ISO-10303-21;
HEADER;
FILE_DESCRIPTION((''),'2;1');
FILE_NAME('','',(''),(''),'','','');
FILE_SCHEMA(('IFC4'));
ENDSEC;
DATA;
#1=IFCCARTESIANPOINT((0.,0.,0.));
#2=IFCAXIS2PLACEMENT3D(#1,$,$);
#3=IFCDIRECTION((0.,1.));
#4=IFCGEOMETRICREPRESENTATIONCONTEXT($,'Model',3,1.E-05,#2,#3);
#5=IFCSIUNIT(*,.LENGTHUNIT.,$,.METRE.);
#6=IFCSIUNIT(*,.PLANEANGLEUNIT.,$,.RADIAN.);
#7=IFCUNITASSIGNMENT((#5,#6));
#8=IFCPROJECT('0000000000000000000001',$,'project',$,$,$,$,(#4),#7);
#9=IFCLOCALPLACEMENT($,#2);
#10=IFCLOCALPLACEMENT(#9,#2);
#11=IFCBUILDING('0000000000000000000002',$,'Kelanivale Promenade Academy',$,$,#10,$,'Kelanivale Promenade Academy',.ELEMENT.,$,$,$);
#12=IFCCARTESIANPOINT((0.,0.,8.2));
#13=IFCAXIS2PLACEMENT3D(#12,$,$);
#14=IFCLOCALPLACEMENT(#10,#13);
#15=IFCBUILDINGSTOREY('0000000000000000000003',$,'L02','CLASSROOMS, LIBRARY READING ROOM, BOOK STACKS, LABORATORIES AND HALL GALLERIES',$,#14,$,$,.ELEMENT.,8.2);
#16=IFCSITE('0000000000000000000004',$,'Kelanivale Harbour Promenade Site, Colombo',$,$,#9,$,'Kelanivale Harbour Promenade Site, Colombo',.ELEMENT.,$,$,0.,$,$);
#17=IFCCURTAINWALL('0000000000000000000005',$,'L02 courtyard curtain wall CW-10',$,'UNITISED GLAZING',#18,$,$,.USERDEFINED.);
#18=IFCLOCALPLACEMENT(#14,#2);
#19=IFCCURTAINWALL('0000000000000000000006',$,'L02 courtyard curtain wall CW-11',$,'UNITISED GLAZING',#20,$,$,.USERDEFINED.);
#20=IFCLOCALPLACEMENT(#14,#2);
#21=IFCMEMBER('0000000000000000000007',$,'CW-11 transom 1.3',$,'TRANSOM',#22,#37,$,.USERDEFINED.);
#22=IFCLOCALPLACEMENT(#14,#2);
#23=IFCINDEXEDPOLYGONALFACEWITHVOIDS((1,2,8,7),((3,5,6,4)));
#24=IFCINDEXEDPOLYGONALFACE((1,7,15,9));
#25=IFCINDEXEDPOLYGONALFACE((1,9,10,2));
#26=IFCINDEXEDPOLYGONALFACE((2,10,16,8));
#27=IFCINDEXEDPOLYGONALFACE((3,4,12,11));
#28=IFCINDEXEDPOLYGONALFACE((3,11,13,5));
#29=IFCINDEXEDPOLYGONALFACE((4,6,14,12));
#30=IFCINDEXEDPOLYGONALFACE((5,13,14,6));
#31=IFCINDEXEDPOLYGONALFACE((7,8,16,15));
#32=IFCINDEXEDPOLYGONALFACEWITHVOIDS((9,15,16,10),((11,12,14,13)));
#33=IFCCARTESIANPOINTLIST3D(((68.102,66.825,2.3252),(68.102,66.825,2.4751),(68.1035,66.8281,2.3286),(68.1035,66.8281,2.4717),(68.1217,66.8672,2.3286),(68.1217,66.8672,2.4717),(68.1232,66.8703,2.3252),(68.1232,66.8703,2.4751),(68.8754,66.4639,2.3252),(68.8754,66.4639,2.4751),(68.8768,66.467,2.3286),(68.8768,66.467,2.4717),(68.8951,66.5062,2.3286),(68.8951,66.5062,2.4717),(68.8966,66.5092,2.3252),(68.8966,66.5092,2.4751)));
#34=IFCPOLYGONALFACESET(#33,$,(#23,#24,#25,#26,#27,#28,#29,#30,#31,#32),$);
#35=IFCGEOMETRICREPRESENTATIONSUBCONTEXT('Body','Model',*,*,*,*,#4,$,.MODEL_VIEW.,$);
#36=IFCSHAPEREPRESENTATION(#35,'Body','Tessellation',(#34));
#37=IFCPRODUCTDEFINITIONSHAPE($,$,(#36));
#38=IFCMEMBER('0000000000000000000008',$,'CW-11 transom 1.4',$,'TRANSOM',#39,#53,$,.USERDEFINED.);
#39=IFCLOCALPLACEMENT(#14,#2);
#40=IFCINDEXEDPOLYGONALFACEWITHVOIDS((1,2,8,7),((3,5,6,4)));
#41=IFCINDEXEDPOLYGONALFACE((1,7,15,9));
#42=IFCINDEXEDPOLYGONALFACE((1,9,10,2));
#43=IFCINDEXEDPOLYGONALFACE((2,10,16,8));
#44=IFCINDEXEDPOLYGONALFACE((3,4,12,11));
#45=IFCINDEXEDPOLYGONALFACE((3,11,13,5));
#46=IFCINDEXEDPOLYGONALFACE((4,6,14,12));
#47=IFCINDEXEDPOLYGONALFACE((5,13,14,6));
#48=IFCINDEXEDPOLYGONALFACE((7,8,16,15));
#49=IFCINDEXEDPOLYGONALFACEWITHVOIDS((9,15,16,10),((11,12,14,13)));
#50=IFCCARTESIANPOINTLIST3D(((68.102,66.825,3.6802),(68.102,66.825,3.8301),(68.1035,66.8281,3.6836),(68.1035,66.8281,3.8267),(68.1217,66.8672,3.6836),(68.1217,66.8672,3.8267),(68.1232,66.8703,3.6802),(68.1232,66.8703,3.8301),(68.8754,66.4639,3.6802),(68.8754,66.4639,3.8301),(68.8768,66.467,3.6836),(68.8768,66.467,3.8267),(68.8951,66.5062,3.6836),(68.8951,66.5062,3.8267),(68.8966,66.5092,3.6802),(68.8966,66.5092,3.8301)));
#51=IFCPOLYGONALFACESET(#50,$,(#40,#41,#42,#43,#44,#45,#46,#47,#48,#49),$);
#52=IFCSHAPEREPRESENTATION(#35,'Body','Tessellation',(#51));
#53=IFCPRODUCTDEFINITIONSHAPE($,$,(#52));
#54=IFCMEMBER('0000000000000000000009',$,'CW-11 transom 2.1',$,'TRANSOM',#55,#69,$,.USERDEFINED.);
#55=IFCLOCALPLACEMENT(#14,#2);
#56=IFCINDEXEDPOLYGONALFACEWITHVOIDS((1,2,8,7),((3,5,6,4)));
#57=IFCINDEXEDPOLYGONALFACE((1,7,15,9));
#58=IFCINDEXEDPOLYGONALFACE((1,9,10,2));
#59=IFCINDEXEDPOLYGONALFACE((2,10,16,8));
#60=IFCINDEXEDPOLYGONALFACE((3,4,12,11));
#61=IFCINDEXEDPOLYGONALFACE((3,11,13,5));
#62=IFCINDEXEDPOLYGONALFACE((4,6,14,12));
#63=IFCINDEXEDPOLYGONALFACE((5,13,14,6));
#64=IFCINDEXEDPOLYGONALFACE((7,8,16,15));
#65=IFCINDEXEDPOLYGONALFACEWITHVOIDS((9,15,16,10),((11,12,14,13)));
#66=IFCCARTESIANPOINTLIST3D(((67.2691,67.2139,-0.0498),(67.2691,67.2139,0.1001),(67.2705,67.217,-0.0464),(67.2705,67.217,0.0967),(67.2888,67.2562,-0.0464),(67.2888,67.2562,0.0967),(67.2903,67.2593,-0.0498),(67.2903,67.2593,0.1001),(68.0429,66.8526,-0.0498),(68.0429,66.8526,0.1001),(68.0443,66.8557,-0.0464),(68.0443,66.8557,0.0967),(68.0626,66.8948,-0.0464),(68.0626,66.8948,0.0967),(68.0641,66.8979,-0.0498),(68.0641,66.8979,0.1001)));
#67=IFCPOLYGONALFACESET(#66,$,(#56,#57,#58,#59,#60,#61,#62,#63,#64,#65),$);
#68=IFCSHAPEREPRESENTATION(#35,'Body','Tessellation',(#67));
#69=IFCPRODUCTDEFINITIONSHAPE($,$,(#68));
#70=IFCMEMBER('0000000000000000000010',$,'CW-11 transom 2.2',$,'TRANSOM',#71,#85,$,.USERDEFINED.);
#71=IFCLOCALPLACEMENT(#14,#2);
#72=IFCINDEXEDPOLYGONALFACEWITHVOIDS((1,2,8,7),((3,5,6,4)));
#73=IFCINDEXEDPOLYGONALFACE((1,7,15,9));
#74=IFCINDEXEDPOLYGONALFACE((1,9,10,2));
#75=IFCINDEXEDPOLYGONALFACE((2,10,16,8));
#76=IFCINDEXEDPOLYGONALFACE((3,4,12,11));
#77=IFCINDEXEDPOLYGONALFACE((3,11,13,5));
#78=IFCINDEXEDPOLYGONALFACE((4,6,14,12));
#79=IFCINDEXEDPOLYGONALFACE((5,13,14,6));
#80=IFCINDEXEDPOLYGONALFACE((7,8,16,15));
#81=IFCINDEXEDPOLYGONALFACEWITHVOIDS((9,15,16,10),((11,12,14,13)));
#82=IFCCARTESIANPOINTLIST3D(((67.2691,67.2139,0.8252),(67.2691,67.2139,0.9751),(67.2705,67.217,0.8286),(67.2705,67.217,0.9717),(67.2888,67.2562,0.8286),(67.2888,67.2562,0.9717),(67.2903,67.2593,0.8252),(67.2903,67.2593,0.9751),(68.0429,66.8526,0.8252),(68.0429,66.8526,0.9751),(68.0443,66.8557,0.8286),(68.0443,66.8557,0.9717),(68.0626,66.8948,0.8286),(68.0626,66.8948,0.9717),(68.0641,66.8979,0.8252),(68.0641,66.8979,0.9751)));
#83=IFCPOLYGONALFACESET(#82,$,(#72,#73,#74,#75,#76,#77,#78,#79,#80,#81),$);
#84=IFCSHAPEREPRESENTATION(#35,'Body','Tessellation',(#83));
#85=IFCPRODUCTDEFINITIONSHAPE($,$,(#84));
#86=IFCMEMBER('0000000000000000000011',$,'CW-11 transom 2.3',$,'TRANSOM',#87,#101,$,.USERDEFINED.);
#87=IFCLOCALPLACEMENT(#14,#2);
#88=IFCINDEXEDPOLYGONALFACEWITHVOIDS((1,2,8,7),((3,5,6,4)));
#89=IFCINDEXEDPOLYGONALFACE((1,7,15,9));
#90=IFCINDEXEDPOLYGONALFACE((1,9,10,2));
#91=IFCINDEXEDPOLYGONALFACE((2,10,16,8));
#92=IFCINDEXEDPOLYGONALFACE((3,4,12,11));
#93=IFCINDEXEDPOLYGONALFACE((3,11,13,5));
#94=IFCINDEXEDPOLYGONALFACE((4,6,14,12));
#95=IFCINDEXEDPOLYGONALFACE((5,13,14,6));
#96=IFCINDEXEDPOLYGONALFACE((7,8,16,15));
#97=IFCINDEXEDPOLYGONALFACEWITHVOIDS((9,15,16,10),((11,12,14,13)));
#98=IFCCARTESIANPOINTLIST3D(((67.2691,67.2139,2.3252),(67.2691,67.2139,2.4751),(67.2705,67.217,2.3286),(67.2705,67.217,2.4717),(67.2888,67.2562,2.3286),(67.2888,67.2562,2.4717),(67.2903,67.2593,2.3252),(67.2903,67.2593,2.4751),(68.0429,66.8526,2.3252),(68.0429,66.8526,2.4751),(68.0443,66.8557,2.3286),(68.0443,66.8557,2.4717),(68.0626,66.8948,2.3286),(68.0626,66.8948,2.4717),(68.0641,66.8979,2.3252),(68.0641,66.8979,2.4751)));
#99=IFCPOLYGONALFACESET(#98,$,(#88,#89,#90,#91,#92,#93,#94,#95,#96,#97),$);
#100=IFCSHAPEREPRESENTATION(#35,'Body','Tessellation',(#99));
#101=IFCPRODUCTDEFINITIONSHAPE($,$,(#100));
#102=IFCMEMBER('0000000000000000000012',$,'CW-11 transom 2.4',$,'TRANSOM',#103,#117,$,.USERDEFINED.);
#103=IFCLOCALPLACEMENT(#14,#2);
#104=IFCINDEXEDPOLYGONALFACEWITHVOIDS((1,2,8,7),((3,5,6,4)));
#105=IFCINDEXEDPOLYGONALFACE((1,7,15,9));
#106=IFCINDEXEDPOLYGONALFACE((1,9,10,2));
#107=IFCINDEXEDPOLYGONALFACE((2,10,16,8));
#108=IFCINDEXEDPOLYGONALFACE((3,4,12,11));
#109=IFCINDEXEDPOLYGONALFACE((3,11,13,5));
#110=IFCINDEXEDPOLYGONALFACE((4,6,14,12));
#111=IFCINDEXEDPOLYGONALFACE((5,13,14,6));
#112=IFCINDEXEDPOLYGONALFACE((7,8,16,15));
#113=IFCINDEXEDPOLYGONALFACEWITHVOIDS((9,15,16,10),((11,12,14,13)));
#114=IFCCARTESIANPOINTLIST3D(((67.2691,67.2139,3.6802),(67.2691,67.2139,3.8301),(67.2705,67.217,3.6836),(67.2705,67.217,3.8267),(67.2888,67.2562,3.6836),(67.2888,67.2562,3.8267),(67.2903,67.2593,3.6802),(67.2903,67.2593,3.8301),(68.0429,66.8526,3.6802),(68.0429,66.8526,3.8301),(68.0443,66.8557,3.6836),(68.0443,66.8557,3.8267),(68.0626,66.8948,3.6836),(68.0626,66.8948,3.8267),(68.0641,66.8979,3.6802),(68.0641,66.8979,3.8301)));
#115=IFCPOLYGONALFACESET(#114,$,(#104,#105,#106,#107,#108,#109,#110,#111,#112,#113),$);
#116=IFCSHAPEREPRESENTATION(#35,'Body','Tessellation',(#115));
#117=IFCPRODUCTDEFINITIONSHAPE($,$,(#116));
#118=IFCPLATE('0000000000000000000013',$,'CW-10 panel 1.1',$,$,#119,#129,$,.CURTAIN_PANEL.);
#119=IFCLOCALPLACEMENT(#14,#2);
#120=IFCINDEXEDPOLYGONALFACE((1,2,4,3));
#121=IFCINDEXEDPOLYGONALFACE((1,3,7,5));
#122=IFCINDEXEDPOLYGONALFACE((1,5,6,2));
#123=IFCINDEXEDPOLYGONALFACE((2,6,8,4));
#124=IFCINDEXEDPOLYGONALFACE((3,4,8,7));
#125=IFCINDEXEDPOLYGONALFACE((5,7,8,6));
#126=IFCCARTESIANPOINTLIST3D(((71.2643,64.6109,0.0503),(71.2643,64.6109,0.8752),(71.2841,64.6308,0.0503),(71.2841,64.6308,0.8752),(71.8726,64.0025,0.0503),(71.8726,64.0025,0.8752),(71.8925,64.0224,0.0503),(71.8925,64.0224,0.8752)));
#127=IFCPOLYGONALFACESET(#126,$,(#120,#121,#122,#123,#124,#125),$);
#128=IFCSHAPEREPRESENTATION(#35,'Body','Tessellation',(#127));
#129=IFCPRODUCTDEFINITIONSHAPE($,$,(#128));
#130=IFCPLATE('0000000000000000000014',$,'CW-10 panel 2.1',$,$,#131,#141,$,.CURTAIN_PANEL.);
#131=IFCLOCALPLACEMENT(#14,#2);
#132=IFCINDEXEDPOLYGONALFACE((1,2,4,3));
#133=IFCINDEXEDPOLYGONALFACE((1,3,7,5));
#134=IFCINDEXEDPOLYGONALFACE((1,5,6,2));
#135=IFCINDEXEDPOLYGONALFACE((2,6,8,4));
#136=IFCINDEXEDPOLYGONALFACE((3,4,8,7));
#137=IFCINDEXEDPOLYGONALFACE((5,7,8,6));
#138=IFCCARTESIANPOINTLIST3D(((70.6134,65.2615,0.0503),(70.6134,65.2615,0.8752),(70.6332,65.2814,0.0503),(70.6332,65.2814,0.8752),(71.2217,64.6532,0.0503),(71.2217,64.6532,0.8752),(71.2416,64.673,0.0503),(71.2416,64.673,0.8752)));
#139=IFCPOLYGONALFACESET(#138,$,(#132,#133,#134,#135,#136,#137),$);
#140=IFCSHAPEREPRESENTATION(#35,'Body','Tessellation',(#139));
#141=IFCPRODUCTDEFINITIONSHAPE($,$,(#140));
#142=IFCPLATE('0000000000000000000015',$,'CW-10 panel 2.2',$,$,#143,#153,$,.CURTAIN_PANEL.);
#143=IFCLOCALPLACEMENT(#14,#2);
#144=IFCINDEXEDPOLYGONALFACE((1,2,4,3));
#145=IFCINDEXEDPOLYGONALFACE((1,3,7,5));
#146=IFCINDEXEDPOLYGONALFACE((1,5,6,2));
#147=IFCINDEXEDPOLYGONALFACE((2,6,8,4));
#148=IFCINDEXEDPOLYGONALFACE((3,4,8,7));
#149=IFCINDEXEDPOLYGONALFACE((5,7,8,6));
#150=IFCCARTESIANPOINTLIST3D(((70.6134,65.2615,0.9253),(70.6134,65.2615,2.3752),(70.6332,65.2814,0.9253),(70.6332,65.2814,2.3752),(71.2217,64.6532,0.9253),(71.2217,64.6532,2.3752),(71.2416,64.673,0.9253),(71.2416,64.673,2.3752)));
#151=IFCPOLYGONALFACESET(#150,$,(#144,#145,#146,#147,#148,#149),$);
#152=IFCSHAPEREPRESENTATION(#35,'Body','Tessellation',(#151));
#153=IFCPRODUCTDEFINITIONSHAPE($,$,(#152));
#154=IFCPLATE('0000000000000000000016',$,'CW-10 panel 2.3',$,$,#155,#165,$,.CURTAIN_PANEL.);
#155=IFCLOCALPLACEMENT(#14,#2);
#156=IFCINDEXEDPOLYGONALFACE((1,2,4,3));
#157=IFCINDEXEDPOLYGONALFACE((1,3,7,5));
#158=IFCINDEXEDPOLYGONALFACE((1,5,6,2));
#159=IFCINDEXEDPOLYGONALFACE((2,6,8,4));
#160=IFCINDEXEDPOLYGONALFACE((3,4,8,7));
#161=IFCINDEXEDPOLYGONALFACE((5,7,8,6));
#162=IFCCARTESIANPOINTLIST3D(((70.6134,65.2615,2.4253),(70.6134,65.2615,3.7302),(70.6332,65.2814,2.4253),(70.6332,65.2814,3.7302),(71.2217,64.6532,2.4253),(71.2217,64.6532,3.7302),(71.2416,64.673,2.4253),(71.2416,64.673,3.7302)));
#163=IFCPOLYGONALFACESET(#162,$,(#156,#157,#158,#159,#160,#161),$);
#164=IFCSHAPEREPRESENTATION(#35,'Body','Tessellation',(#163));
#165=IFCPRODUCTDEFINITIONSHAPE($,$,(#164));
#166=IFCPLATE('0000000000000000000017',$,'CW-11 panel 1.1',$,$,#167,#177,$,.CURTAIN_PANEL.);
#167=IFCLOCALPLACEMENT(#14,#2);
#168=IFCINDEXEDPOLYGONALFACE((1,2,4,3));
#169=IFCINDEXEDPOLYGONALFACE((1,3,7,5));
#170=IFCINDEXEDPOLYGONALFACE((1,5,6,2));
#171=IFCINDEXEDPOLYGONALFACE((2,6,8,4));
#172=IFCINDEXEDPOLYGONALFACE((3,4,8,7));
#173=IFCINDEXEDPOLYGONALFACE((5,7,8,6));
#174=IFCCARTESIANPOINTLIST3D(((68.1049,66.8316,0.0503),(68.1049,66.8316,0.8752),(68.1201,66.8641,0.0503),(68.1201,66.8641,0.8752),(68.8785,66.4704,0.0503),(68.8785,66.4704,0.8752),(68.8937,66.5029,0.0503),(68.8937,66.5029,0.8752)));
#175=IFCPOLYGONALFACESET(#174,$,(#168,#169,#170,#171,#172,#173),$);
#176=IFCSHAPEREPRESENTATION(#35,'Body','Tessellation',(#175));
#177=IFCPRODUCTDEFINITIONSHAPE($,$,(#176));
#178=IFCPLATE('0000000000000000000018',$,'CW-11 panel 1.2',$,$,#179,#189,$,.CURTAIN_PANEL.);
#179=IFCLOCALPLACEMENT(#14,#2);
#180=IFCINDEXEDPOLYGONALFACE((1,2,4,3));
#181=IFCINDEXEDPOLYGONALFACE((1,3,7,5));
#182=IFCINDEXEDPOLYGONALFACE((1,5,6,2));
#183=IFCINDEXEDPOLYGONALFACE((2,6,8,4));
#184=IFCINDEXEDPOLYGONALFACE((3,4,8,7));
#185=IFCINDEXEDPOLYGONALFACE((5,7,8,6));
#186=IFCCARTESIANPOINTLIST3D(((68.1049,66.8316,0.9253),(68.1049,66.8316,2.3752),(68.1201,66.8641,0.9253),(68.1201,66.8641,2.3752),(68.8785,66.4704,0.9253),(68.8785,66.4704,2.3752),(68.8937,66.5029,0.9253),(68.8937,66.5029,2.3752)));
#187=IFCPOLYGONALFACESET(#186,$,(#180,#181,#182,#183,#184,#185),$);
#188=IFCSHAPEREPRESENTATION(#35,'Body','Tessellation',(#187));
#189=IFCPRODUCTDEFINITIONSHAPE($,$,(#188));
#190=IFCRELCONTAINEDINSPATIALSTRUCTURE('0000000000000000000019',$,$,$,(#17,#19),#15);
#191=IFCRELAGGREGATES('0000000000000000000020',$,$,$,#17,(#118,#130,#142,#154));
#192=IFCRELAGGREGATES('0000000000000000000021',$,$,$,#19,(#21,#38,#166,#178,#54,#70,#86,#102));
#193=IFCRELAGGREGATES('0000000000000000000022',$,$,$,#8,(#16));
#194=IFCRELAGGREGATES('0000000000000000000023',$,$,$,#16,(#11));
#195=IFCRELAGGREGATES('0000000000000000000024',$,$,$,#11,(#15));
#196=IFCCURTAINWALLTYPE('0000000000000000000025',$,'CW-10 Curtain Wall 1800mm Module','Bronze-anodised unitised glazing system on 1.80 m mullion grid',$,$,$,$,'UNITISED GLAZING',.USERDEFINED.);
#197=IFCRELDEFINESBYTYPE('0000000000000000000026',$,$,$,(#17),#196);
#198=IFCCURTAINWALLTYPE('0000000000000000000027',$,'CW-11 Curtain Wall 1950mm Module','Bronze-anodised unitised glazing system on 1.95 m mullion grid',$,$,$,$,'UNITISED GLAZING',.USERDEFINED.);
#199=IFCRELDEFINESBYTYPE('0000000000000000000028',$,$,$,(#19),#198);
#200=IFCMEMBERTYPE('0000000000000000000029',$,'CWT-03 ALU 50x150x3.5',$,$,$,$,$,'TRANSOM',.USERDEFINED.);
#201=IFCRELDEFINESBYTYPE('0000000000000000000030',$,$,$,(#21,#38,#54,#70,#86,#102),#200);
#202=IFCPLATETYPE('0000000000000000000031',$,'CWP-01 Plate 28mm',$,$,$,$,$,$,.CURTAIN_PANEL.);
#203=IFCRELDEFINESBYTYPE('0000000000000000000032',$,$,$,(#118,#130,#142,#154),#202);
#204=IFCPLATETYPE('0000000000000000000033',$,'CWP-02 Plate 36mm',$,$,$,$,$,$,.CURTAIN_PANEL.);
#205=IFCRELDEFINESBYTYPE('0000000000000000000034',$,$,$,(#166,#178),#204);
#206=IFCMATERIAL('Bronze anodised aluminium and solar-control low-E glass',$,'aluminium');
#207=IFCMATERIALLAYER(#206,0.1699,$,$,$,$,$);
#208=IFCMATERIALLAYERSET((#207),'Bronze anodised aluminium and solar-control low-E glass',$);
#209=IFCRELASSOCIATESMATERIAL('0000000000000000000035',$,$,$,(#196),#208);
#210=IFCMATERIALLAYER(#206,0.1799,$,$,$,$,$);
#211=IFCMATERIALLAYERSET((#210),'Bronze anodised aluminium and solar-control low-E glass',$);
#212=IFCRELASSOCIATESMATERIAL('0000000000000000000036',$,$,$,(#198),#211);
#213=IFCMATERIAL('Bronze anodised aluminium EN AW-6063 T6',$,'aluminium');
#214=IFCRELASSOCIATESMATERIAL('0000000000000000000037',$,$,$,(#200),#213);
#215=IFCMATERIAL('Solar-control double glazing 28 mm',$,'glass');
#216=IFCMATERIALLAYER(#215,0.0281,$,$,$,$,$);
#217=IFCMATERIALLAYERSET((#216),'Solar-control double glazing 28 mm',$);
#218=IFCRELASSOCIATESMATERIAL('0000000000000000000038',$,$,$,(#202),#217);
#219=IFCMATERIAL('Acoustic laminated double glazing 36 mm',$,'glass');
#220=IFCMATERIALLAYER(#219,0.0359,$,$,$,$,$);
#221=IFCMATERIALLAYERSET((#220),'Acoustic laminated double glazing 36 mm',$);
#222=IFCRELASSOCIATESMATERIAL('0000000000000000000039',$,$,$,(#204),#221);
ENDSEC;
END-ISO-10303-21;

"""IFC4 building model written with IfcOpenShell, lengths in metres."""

from ifc_helpers import new_model, si_unit, direction, frame, origin, origin_2d, place, context, subcontext, project, spatial, rectangle, hollow_rectangle, extrude, material, layer, layer_set, material_profile, profile_set, type_object, element, aggregate, save


model = new_model("IFC4")

# Units and contexts
model_context = context("Model", 3, precision=1e-05, world=origin(), true_north=direction((0.0, 1.0)))
body_context = subcontext(model_context, "Body", "Model", "MODEL_VIEW")
ifc_project = project(units=[si_unit("LENGTHUNIT", "METRE"), si_unit("PLANEANGLEUNIT", "RADIAN")], contexts=[model_context])

# Site, building, storey
site_placement = place(None, origin())
site = spatial("IfcSite", under=ifc_project, at=site_placement, Name="Kelanivale Harbour Promenade Site, Colombo", LongName="Kelanivale Harbour Promenade Site, Colombo", CompositionType="ELEMENT", RefElevation=0.0)
building_placement = place(site_placement, origin())
building = spatial("IfcBuilding", under=site, at=building_placement, Name="Kelanivale Promenade Academy", LongName="Kelanivale Promenade Academy", CompositionType="ELEMENT")
storey_placement = place(building_placement, frame((0.0, 0.0, 8.2)))
storey = spatial("IfcBuildingStorey", under=building, at=storey_placement, Name="L02", Description="CLASSROOMS, LIBRARY READING ROOM, BOOK STACKS, LABORATORIES AND HALL GALLERIES", CompositionType="ELEMENT", Elevation=8.2)

# Curtain walls
ifc_material_1 = material(Name="Bronze anodised aluminium and solar-control low-E glass", Category="aluminium")
ifc_layer_1 = layer(ifc_material_1, 0.1699)
ifc_layer_set_1 = layer_set([ifc_layer_1], Name="Bronze anodised aluminium and solar-control low-E glass")
curtain_wall_type_1 = type_object("IfcCurtainWallType", Name="CW-10 Curtain Wall 1800mm Module", Description="Bronze-anodised unitised glazing system on 1.80 m mullion grid", ElementType="UNITISED GLAZING", PredefinedType="USERDEFINED", material=ifc_layer_set_1)
curtain_wall_1_placement = place(storey_placement, origin())
curtain_wall_1 = element("IfcCurtainWall", 1, at=curtain_wall_1_placement, inside=storey, type_object=curtain_wall_type_1, Name="L02 courtyard curtain wall CW-10", ObjectType="UNITISED GLAZING", PredefinedType="USERDEFINED")
ifc_material_2 = material(Name="Bronze anodised aluminium EN AW-6063 T6", Category="aluminium")
ifc_layer_2 = layer(ifc_material_1, 0.1799)
ifc_layer_set_2 = layer_set([ifc_layer_2], Name="Bronze anodised aluminium and solar-control low-E glass")
curtain_wall_type_2 = type_object("IfcCurtainWallType", Name="CW-11 Curtain Wall 1950mm Module", Description="Bronze-anodised unitised glazing system on 1.95 m mullion grid", ElementType="UNITISED GLAZING", PredefinedType="USERDEFINED", material=ifc_layer_set_2)
curtain_wall_2_placement = place(storey_placement, origin())
curtain_wall_2 = element("IfcCurtainWall", 2, at=curtain_wall_2_placement, inside=storey, type_object=curtain_wall_type_2, Name="L02 courtyard curtain wall CW-11", ObjectType="UNITISED GLAZING", PredefinedType="USERDEFINED")

# Members
ifc_material_profile_1 = material_profile(ifc_material_2, hollow_rectangle(XDim=0.05, YDim=0.1499, WallThickness=0.0034, at=origin_2d()), Name="ALU 50x150x3.5")
ifc_profile_set_1 = profile_set([ifc_material_profile_1], Name="Bronze anodised aluminium EN AW-6063 T6")
member_type_1 = type_object("IfcMemberType", Name="CWT-03 ALU 50x150x3.5", ElementType="TRANSOM", PredefinedType="USERDEFINED", material=ifc_profile_set_1)
member_1_placement = place(storey_placement, frame((68.886, 66.4866, 2.4001), z_axis=(-0.906117, 0.423026, 0.0), x_axis=(-0.423026, -0.906117, 0.0)))
member_1 = element("IfcMember", 3, at=member_1_placement, type_object=member_type_1, Name="CW-11 transom 1.3", ObjectType="TRANSOM", PredefinedType="USERDEFINED", context=body_context, shape_type="SweptSolid", body=[
    extrude(hollow_rectangle(XDim=0.05, YDim=0.1499, WallThickness=0.0034, at=origin_2d()), origin(), (0.0, 0.0, 1.0), 0.8535),
])
member_2_placement = place(storey_placement, frame((68.886, 66.4866, 3.7551), z_axis=(-0.906117, 0.423026, 0.0), x_axis=(-0.423026, -0.906117, 0.0)))
member_2 = element("IfcMember", 4, at=member_2_placement, type_object=member_type_1, Name="CW-11 transom 1.4", ObjectType="TRANSOM", PredefinedType="USERDEFINED", context=body_context, shape_type="SweptSolid", body=[
    extrude(hollow_rectangle(XDim=0.05, YDim=0.1499, WallThickness=0.0034, at=origin_2d()), origin(), (0.0, 0.0, 1.0), 0.8535),
])
member_3_placement = place(storey_placement, frame((68.0535, 66.8752, 0.0251), z_axis=(-0.906059, 0.423152, 0.0), x_axis=(-0.423152, -0.906059, 0.0)))
member_3 = element("IfcMember", 5, at=member_3_placement, type_object=member_type_1, Name="CW-11 transom 2.1", ObjectType="TRANSOM", PredefinedType="USERDEFINED", context=body_context, shape_type="SweptSolid", body=[
    extrude(hollow_rectangle(XDim=0.05, YDim=0.1499, WallThickness=0.0034, at=origin_2d()), origin(), (0.0, 0.0, 1.0), 0.854),
])
member_4_placement = place(storey_placement, frame((68.0535, 66.8752, 0.9001), z_axis=(-0.906059, 0.423152, 0.0), x_axis=(-0.423152, -0.906059, 0.0)))
member_4 = element("IfcMember", 6, at=member_4_placement, type_object=member_type_1, Name="CW-11 transom 2.2", ObjectType="TRANSOM", PredefinedType="USERDEFINED", context=body_context, shape_type="SweptSolid", body=[
    extrude(hollow_rectangle(XDim=0.05, YDim=0.1499, WallThickness=0.0034, at=origin_2d()), origin(), (0.0, 0.0, 1.0), 0.854),
])
member_5_placement = place(storey_placement, frame((68.0535, 66.8752, 2.4001), z_axis=(-0.906059, 0.423152, 0.0), x_axis=(-0.423152, -0.906059, 0.0)))
member_5 = element("IfcMember", 7, at=member_5_placement, type_object=member_type_1, Name="CW-11 transom 2.3", ObjectType="TRANSOM", PredefinedType="USERDEFINED", context=body_context, shape_type="SweptSolid", body=[
    extrude(hollow_rectangle(XDim=0.05, YDim=0.1499, WallThickness=0.0034, at=origin_2d()), origin(), (0.0, 0.0, 1.0), 0.854),
])
member_6_placement = place(storey_placement, frame((68.0535, 66.8752, 3.7551), z_axis=(-0.906059, 0.423152, 0.0), x_axis=(-0.423152, -0.906059, 0.0)))
member_6 = element("IfcMember", 8, at=member_6_placement, type_object=member_type_1, Name="CW-11 transom 2.4", ObjectType="TRANSOM", PredefinedType="USERDEFINED", context=body_context, shape_type="SweptSolid", body=[
    extrude(hollow_rectangle(XDim=0.05, YDim=0.1499, WallThickness=0.0034, at=origin_2d()), origin(), (0.0, 0.0, 1.0), 0.854),
])

# Plates
ifc_material_3 = material(Name="Solar-control double glazing 28 mm", Category="glass")
ifc_layer_3 = layer(ifc_material_3, 0.0281)
ifc_layer_set_3 = layer_set([ifc_layer_3], Name="Solar-control double glazing 28 mm")
plate_type_1 = type_object("IfcPlateType", Name="CWP-01 Plate 28mm", PredefinedType="CURTAIN_PANEL", material=ifc_layer_set_3)
plate_1_placement = place(storey_placement, frame((71.5784, 64.3167, 0.0503), z_axis=(0.0, 0.0, 1.0), x_axis=(-0.707107, 0.707107, 0.0)))
plate_1 = element("IfcPlate", 9, at=plate_1_placement, type_object=plate_type_1, Name="CW-10 panel 1.1", PredefinedType="CURTAIN_PANEL", context=body_context, shape_type="SweptSolid", body=[
    extrude(rectangle(XDim=0.8604, YDim=0.0281, at=origin_2d()), origin(), (0.0, 0.0, 1.0), 0.825),
])
plate_2_placement = place(storey_placement, frame((70.9275, 64.9673, 0.0503), z_axis=(0.0, 0.0, 1.0), x_axis=(-0.707107, 0.707107, 0.0)))
plate_2 = element("IfcPlate", 10, at=plate_2_placement, type_object=plate_type_1, Name="CW-10 panel 2.1", PredefinedType="CURTAIN_PANEL", context=body_context, shape_type="SweptSolid", body=[
    extrude(rectangle(XDim=0.8604, YDim=0.0281, at=origin_2d()), origin(), (0.0, 0.0, 1.0), 0.825),
])
plate_3_placement = place(storey_placement, frame((70.9275, 64.9673, 0.9253), z_axis=(0.0, 0.0, 1.0), x_axis=(-0.707107, 0.707107, 0.0)))
plate_3 = element("IfcPlate", 11, at=plate_3_placement, type_object=plate_type_1, Name="CW-10 panel 2.2", PredefinedType="CURTAIN_PANEL", context=body_context, shape_type="SweptSolid", body=[
    extrude(rectangle(XDim=0.8604, YDim=0.0281, at=origin_2d()), origin(), (0.0, 0.0, 1.0), 1.45),
])
plate_4_placement = place(storey_placement, frame((70.9275, 64.9673, 2.4253), z_axis=(0.0, 0.0, 1.0), x_axis=(-0.707107, 0.707107, 0.0)))
plate_4 = element("IfcPlate", 12, at=plate_4_placement, type_object=plate_type_1, Name="CW-10 panel 2.3", PredefinedType="CURTAIN_PANEL", context=body_context, shape_type="SweptSolid", body=[
    extrude(rectangle(XDim=0.8604, YDim=0.0281, at=origin_2d()), origin(), (0.0, 0.0, 1.0), 1.3049),
])
aggregate(curtain_wall_1, [plate_1, plate_2, plate_3, plate_4])
ifc_material_4 = material(Name="Acoustic laminated double glazing 36 mm", Category="glass")
ifc_layer_4 = layer(ifc_material_4, 0.0359)
ifc_layer_set_4 = layer_set([ifc_layer_4], Name="Acoustic laminated double glazing 36 mm")
plate_type_2 = type_object("IfcPlateType", Name="CWP-02 Plate 36mm", PredefinedType="CURTAIN_PANEL", material=ifc_layer_set_4)
plate_5_placement = place(storey_placement, frame((68.4993, 66.6672, 0.0503), z_axis=(0.0, 0.0, 1.0), x_axis=(-0.906089, 0.423087, 0.0)))
plate_5 = element("IfcPlate", 13, at=plate_5_placement, type_object=plate_type_2, Name="CW-11 panel 1.1", PredefinedType="CURTAIN_PANEL", context=body_context, shape_type="SweptSolid", body=[
    extrude(rectangle(XDim=0.8538, YDim=0.0359, at=origin_2d()), origin(), (0.0, 0.0, 1.0), 0.825),
])
plate_6_placement = place(storey_placement, frame((68.4993, 66.6672, 0.9253), z_axis=(0.0, 0.0, 1.0), x_axis=(-0.906089, 0.423087, 0.0)))
plate_6 = element("IfcPlate", 14, at=plate_6_placement, type_object=plate_type_2, Name="CW-11 panel 1.2", PredefinedType="CURTAIN_PANEL", context=body_context, shape_type="SweptSolid", body=[
    extrude(rectangle(XDim=0.8538, YDim=0.0359, at=origin_2d()), origin(), (0.0, 0.0, 1.0), 1.45),
])
aggregate(curtain_wall_2, [member_1, member_2, plate_5, plate_6, member_3, member_4, member_5, member_6])

save(model, "model.ifc")
